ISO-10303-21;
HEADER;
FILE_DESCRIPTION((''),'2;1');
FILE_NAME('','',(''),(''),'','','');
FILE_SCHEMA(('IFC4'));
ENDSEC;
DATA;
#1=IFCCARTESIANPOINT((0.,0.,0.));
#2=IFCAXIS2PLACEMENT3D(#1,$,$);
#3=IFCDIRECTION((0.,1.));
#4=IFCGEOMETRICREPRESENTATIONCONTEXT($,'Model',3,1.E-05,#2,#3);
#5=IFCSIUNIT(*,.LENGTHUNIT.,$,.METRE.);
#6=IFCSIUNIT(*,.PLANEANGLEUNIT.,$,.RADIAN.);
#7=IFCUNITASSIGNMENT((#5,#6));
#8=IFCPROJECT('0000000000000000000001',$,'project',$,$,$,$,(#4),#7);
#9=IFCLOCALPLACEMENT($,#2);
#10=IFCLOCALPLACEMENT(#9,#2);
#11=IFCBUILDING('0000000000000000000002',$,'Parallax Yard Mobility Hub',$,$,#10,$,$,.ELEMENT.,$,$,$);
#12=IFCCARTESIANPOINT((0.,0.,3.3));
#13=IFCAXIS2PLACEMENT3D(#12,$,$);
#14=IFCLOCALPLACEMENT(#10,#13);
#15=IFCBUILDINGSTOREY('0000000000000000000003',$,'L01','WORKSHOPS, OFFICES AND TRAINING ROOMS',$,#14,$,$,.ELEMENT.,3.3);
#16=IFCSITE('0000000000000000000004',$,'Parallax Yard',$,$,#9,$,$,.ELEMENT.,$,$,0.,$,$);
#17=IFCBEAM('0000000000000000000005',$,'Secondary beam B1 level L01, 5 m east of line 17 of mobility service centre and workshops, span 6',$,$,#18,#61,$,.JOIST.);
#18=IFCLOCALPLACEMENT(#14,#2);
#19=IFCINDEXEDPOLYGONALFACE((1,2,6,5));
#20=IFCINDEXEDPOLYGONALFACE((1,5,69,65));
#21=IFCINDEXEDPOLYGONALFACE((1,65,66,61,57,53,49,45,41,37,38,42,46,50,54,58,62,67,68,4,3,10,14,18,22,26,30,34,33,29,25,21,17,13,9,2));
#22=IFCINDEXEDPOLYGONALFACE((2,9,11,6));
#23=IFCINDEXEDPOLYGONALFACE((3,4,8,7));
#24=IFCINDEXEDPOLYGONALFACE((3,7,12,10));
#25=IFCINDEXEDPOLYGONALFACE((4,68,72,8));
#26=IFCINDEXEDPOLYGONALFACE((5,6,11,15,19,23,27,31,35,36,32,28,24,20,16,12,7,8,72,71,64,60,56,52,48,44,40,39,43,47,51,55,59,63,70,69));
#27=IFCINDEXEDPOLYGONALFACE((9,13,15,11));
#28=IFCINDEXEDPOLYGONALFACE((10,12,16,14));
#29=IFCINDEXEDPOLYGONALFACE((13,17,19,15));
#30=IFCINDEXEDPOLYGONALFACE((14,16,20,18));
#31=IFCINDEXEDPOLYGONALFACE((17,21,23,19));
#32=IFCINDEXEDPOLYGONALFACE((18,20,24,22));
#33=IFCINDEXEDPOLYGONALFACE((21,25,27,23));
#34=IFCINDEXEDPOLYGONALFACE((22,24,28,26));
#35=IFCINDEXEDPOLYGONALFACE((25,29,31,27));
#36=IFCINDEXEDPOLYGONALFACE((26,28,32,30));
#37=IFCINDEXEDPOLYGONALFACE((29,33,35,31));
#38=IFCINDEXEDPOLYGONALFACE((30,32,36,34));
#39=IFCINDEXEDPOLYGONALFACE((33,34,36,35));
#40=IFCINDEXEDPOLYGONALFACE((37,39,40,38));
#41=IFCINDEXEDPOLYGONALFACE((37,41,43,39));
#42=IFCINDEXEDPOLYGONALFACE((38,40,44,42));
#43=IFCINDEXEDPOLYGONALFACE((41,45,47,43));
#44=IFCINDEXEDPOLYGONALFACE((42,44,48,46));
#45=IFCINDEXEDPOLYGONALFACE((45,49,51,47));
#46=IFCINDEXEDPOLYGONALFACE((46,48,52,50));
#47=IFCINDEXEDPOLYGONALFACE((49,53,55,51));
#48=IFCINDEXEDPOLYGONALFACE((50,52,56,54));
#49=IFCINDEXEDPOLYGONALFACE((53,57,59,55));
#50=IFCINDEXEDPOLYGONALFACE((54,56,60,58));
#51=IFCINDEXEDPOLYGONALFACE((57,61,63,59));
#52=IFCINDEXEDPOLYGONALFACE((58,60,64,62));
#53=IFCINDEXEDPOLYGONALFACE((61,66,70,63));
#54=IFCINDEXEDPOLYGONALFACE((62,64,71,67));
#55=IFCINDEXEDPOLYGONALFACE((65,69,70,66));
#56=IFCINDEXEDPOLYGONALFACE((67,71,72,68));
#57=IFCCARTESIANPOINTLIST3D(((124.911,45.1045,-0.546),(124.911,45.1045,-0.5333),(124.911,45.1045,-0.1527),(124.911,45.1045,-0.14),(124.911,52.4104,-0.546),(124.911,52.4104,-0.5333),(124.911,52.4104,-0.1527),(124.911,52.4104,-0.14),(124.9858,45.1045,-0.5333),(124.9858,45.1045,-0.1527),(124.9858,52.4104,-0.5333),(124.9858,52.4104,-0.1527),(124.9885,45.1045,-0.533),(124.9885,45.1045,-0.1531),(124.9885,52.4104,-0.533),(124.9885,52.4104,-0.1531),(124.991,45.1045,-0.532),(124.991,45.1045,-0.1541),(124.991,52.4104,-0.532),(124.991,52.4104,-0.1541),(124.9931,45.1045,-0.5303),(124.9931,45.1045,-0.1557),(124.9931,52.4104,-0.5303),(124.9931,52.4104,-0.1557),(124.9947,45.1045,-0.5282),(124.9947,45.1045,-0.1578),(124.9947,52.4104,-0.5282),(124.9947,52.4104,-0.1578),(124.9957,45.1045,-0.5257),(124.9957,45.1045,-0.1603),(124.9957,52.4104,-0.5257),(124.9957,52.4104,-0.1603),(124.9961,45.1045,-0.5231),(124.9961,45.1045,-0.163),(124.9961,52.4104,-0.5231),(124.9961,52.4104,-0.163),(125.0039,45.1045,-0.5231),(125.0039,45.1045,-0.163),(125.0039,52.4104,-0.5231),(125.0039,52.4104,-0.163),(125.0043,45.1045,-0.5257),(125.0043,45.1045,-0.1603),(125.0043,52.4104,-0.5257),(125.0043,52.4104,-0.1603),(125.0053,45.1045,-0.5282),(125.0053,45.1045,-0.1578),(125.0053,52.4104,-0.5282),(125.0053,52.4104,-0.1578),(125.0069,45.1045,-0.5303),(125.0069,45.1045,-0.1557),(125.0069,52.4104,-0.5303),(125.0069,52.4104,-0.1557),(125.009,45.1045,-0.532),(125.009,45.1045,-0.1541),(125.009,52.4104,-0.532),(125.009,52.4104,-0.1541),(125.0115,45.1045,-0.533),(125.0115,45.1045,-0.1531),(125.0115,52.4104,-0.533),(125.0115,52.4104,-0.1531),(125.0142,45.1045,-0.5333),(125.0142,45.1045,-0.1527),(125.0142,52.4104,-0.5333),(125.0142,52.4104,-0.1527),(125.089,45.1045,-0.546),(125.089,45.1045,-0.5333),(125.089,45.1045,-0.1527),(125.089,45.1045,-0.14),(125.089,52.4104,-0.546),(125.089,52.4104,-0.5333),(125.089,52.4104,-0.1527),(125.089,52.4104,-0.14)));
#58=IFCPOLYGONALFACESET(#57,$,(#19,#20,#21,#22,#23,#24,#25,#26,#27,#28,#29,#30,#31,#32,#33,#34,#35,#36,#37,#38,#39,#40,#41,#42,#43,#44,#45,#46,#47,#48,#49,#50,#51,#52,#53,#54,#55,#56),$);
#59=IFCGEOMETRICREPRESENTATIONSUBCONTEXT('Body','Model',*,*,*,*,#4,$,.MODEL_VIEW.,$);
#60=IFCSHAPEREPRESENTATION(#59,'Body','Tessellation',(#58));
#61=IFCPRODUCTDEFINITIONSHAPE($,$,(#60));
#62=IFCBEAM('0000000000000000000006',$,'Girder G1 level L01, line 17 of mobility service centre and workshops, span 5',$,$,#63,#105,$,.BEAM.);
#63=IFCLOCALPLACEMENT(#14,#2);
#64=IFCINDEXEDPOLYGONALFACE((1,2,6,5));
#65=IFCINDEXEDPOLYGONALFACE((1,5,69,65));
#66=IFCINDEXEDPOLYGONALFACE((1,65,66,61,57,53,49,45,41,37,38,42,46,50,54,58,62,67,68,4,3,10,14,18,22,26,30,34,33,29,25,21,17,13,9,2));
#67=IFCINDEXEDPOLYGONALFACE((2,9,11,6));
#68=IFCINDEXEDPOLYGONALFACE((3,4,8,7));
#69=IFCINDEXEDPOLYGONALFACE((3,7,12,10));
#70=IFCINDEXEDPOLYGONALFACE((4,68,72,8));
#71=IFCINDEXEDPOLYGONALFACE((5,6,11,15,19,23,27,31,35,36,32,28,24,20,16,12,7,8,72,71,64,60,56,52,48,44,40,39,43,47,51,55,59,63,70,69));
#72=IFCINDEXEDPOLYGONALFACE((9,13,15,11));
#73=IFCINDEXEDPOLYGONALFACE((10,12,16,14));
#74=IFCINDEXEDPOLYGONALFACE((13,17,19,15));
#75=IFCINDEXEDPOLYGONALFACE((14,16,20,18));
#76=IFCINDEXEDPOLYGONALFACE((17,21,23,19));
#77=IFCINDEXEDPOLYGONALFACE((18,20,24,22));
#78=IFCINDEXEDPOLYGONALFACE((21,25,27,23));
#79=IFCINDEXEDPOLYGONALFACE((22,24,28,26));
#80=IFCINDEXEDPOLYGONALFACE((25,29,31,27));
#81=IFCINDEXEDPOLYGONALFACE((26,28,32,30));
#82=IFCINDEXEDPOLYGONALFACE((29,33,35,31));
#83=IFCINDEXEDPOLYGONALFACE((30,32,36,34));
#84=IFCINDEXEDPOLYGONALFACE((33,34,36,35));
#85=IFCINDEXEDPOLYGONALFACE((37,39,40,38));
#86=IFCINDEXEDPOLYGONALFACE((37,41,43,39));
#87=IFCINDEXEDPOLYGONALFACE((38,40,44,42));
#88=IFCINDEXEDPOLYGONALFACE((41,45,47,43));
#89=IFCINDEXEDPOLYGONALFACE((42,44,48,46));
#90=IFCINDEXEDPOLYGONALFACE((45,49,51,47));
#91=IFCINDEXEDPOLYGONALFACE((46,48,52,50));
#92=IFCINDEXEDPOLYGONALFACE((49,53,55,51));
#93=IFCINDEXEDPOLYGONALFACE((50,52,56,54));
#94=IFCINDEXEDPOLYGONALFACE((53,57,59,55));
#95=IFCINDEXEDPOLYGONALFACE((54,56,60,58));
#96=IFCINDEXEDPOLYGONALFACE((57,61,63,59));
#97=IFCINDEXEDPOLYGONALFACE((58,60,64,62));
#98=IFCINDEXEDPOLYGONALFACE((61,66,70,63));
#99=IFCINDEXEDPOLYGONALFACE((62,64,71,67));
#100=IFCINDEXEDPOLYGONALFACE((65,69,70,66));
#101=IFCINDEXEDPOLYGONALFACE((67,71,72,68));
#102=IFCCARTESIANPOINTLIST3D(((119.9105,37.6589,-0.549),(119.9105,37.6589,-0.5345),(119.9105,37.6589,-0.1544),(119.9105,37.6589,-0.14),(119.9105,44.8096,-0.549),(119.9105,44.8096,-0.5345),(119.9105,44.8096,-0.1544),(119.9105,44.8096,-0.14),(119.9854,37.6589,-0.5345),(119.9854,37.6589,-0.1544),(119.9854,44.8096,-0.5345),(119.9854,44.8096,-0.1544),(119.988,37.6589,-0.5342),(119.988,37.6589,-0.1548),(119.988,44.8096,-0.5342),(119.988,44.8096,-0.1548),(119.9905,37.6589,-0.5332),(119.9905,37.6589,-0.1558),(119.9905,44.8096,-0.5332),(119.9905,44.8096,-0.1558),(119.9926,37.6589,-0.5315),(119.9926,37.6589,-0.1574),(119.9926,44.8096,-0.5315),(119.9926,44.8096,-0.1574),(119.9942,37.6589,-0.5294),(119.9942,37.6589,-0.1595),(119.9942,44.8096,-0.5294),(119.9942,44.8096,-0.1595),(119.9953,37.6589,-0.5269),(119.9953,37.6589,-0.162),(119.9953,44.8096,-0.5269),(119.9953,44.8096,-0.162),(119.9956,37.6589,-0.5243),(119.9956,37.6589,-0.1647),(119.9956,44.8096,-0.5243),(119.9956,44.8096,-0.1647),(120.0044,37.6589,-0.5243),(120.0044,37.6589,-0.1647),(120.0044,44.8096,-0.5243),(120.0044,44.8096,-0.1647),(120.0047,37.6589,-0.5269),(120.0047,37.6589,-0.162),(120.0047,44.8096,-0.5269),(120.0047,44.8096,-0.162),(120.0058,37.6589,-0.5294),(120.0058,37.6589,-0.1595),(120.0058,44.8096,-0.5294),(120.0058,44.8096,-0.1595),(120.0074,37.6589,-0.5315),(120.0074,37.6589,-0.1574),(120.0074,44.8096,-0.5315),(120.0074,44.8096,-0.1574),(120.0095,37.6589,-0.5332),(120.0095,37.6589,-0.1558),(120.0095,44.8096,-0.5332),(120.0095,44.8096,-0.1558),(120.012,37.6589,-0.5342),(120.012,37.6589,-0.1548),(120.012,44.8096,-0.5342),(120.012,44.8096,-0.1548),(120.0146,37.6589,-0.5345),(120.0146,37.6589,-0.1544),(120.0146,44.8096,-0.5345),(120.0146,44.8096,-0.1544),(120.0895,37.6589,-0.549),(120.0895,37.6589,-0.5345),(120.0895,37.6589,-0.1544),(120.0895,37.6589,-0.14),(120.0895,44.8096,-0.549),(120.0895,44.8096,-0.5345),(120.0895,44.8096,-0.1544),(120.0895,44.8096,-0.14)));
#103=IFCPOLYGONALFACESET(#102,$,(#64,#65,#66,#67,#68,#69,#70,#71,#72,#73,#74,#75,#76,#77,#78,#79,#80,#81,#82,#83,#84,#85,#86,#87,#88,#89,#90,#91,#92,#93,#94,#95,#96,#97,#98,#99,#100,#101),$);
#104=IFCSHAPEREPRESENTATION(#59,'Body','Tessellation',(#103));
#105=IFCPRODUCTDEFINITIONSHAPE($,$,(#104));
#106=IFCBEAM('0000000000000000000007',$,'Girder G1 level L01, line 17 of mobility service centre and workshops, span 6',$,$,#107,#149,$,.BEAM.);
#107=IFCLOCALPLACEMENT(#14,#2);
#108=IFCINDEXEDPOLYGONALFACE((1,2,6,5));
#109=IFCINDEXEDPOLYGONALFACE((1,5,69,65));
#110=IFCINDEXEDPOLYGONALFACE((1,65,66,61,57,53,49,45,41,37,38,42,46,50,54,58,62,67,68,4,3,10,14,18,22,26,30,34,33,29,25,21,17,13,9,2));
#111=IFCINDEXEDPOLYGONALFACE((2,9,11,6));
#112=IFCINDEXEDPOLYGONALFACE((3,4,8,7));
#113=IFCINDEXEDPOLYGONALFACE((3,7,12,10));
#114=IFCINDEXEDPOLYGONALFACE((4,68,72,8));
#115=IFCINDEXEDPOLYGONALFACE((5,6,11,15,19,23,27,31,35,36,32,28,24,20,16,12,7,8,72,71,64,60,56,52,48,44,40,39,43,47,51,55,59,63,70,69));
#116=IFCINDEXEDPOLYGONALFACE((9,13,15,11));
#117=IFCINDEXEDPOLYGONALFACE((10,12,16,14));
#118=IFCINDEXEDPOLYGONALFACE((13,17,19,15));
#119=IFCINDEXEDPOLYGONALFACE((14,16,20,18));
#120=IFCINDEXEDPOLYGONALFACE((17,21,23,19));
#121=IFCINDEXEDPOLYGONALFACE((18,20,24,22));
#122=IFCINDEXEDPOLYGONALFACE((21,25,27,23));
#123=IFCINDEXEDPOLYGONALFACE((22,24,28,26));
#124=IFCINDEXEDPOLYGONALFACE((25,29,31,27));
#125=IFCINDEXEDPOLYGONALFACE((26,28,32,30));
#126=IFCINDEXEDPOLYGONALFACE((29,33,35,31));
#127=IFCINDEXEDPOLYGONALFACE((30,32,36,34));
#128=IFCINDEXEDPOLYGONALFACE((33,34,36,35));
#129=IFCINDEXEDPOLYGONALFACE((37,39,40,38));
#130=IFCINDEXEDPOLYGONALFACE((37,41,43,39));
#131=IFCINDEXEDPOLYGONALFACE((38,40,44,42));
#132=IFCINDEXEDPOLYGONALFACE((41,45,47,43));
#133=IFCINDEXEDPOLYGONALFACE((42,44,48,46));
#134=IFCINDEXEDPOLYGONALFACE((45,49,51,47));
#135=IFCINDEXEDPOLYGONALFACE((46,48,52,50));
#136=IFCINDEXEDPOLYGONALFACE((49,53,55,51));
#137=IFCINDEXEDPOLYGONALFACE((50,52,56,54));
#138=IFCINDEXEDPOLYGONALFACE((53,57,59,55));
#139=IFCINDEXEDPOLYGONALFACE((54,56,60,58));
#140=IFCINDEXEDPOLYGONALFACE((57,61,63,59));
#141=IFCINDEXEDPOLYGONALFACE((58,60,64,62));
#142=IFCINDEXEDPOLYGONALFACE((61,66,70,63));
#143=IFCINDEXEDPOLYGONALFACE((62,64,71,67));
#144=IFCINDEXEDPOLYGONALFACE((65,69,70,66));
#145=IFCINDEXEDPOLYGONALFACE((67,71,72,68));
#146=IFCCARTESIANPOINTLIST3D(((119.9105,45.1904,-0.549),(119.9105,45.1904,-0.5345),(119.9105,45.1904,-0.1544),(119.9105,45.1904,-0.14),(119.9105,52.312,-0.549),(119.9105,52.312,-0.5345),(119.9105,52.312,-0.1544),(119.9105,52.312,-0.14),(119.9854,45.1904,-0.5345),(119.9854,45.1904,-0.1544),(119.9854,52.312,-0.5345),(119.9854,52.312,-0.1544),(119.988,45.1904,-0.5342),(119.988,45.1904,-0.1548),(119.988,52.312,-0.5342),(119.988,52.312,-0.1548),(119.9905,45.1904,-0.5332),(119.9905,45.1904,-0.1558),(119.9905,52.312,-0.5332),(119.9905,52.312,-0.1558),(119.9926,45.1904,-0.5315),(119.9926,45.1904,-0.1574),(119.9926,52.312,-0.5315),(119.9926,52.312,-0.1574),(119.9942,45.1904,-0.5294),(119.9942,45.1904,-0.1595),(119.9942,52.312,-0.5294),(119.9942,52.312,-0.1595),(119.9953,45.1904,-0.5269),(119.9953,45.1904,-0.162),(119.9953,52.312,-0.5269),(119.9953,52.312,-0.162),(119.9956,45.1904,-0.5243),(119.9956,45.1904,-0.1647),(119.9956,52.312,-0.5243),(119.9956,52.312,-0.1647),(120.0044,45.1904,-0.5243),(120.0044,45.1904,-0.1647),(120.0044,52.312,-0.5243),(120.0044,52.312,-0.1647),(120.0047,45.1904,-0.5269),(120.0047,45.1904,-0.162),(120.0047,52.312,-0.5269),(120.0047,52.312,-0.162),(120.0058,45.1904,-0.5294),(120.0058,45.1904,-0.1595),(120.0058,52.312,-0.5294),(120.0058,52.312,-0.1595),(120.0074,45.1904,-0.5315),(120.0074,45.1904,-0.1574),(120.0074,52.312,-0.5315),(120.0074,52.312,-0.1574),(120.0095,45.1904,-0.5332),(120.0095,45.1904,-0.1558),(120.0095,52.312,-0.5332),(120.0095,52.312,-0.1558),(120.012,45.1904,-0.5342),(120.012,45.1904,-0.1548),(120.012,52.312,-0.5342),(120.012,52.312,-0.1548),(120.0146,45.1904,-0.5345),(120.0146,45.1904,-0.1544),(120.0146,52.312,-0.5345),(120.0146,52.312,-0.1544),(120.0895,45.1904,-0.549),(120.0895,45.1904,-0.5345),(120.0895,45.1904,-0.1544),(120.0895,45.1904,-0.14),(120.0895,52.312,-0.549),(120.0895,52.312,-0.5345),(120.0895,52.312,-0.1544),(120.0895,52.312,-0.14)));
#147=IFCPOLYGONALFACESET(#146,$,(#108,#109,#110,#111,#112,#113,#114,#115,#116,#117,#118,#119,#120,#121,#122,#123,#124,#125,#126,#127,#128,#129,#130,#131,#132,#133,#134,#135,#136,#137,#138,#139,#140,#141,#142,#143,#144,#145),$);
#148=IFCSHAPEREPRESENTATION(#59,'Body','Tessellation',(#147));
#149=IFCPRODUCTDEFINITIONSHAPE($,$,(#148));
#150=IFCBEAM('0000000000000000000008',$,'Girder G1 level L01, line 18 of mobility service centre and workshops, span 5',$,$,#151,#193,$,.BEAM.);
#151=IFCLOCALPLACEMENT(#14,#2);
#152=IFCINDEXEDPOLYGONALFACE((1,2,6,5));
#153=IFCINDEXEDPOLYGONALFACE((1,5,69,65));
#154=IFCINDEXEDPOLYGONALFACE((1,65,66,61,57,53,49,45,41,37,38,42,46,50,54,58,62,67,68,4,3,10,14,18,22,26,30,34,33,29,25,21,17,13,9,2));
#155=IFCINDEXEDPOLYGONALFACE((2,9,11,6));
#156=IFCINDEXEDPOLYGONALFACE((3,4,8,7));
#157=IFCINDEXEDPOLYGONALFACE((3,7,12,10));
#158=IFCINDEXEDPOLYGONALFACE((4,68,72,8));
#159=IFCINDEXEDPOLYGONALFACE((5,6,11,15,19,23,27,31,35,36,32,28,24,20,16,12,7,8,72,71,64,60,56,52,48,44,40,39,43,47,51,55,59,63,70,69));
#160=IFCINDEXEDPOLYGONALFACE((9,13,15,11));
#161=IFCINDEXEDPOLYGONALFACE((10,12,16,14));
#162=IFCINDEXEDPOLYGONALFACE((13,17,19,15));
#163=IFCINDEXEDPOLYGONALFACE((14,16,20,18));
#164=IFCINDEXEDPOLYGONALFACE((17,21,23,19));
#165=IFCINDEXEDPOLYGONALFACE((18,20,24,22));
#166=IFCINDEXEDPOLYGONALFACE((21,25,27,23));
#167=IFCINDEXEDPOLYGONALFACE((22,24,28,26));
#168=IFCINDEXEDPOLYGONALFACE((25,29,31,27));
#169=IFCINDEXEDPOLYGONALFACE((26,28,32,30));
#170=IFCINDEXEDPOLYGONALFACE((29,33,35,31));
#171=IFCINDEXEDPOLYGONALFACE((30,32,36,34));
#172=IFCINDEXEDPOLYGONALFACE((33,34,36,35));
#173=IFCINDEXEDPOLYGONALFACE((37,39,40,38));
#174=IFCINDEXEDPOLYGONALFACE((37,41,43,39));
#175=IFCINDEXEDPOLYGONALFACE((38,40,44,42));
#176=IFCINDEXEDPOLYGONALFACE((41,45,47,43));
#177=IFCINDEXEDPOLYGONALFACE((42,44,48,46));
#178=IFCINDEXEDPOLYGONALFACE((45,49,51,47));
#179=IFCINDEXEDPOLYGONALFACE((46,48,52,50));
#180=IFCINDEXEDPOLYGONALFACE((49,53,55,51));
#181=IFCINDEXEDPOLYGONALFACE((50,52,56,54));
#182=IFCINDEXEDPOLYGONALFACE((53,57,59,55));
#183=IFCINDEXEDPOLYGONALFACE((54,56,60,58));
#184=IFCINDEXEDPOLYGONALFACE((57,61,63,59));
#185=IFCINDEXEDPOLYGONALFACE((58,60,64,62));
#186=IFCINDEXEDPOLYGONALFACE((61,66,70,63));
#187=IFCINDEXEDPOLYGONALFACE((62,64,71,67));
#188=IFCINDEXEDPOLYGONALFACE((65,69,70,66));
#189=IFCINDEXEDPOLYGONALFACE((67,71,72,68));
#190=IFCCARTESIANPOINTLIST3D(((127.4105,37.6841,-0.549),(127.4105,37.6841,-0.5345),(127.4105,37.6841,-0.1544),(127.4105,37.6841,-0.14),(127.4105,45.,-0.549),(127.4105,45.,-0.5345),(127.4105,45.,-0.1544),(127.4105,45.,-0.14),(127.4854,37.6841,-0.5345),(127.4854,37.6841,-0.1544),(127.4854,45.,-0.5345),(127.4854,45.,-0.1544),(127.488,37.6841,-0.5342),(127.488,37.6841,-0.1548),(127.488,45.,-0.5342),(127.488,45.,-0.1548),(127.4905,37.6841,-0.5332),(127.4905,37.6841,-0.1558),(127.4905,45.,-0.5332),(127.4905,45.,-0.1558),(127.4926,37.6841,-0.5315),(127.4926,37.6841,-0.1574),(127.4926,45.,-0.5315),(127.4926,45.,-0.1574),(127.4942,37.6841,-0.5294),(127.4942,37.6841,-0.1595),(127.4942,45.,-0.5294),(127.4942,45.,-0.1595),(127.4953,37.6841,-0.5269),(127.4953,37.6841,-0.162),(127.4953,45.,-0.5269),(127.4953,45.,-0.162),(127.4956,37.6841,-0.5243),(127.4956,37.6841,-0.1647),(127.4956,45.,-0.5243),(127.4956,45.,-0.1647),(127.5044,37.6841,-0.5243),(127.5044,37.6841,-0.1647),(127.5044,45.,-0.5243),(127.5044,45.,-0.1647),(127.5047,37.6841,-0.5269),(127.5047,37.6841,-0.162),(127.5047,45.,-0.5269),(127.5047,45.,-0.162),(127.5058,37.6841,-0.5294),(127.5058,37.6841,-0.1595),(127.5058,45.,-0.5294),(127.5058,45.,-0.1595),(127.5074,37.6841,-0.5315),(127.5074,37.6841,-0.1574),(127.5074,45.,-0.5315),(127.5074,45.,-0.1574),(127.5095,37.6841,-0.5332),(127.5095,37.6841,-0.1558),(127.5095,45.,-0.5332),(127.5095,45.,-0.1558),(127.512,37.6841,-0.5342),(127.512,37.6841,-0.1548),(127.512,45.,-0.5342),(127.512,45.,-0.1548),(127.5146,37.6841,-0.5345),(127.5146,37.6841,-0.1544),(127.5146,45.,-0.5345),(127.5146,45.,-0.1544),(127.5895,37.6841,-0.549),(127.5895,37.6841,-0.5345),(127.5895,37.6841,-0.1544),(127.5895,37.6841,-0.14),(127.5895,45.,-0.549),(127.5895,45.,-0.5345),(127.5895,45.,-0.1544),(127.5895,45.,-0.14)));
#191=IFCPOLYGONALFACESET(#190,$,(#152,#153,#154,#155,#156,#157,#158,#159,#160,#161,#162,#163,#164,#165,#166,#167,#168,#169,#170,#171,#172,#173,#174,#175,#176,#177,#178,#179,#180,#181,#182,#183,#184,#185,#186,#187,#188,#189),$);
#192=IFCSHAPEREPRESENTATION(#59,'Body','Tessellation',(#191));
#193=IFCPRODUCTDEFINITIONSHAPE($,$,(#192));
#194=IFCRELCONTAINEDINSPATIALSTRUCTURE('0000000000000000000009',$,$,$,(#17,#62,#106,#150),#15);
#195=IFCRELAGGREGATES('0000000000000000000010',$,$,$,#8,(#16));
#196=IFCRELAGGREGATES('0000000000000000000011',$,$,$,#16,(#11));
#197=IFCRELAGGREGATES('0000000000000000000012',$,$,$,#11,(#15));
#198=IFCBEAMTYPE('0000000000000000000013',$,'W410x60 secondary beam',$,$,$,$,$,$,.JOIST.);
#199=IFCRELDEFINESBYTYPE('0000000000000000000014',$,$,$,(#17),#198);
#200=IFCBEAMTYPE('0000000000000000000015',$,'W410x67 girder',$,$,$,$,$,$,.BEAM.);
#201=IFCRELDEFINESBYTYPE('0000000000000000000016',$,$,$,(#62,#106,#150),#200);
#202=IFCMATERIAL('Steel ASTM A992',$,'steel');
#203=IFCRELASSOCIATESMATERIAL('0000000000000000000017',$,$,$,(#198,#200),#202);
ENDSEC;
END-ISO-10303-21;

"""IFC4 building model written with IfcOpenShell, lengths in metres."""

from ifc_helpers import new_model, si_unit, direction, frame, origin, origin_2d, place, context, subcontext, project, spatial, i_section, extrude, material, material_profile, profile_set, type_object, element, save


model = new_model("IFC4")

# Units and contexts
model_context = context("Model", 3, precision=1e-05, world=origin(), true_north=direction((0.0, 1.0)))
body_context = subcontext(model_context, "Body", "Model", "MODEL_VIEW")
ifc_project = project(units=[si_unit("LENGTHUNIT", "METRE"), si_unit("PLANEANGLEUNIT", "RADIAN")], contexts=[model_context])

# Site, building, storey
site_placement = place(None, origin())
site = spatial("IfcSite", under=ifc_project, at=site_placement, Name="Parallax Yard", CompositionType="ELEMENT", RefElevation=0.0)
building_placement = place(site_placement, origin())
building = spatial("IfcBuilding", under=site, at=building_placement, Name="Parallax Yard Mobility Hub", CompositionType="ELEMENT")
storey_placement = place(building_placement, frame((0.0, 0.0, 3.3)))
storey = spatial("IfcBuildingStorey", under=building, at=storey_placement, Name="L01", Description="WORKSHOPS, OFFICES AND TRAINING ROOMS", CompositionType="ELEMENT", Elevation=3.3)

# Shared definitions
ifc_material_1 = material(Name="Steel ASTM A992", Category="steel")

# Beams
ifc_material_profile_1 = material_profile(ifc_material_1, i_section(OverallWidth=0.178, OverallDepth=0.406, WebThickness=0.0078, FlangeThickness=0.0127, FilletRadius=0.0103, at=origin_2d()), Name="W410x60")
ifc_profile_set_1 = profile_set([ifc_material_profile_1], Name="Steel ASTM A992")
beam_type_1 = type_object("IfcBeamType", Name="W410x60 secondary beam", PredefinedType="JOIST", material=ifc_profile_set_1)
beam_1_placement = place(storey_placement, frame((125.0, 45.1045, -0.343), z_axis=(0.0, 1.0, 0.0), x_axis=(-1.0, 0.0, 0.0)))
element("IfcBeam", 1, at=beam_1_placement, inside=storey, type_object=beam_type_1, Name="Secondary beam B1 level L01, 5 m east of line 17 of mobility service centre and workshops, span 6", PredefinedType="JOIST", context=body_context, shape_type="SweptSolid", body=[
    extrude(i_section(OverallWidth=0.178, OverallDepth=0.406, WebThickness=0.0078, FlangeThickness=0.0127, FilletRadius=0.0103, at=origin_2d()), origin(), (0.0, 0.0, 1.0), 7.3059),
])
ifc_material_profile_2 = material_profile(ifc_material_1, i_section(OverallWidth=0.179, OverallDepth=0.4089, WebThickness=0.0088, FlangeThickness=0.0144, FilletRadius=0.0103, at=origin_2d()), Name="W410x67")
ifc_profile_set_2 = profile_set([ifc_material_profile_2], Name="Steel ASTM A992")
beam_type_2 = type_object("IfcBeamType", Name="W410x67 girder", PredefinedType="BEAM", material=ifc_profile_set_2)
beam_2_placement = place(storey_placement, frame((120.0, 37.6589, -0.3445), z_axis=(0.0, 1.0, 0.0), x_axis=(-1.0, 0.0, 0.0)))
element("IfcBeam", 2, at=beam_2_placement, inside=storey, type_object=beam_type_2, Name="Girder G1 level L01, line 17 of mobility service centre and workshops, span 5", PredefinedType="BEAM", context=body_context, shape_type="SweptSolid", body=[
    extrude(i_section(OverallWidth=0.179, OverallDepth=0.4089, WebThickness=0.0088, FlangeThickness=0.0144, FilletRadius=0.0103, at=origin_2d()), origin(), (0.0, 0.0, 1.0), 7.1506),
])
beam_3_placement = place(storey_placement, frame((120.0, 45.1904, -0.3445), z_axis=(0.0, 1.0, 0.0), x_axis=(-1.0, 0.0, 0.0)))
element("IfcBeam", 3, at=beam_3_placement, inside=storey, type_object=beam_type_2, Name="Girder G1 level L01, line 17 of mobility service centre and workshops, span 6", PredefinedType="BEAM", context=body_context, shape_type="SweptSolid", body=[
    extrude(i_section(OverallWidth=0.179, OverallDepth=0.4089, WebThickness=0.0088, FlangeThickness=0.0144, FilletRadius=0.0103, at=origin_2d()), origin(), (0.0, 0.0, 1.0), 7.1216),
])
beam_4_placement = place(storey_placement, frame((127.5, 37.6841, -0.3445), z_axis=(0.0, 1.0, 0.0), x_axis=(-1.0, 0.0, 0.0)))
element("IfcBeam", 4, at=beam_4_placement, inside=storey, type_object=beam_type_2, Name="Girder G1 level L01, line 18 of mobility service centre and workshops, span 5", PredefinedType="BEAM", context=body_context, shape_type="SweptSolid", body=[
    extrude(i_section(OverallWidth=0.179, OverallDepth=0.4089, WebThickness=0.0088, FlangeThickness=0.0144, FilletRadius=0.0103, at=origin_2d()), origin(), (0.0, 0.0, 1.0), 7.3159),
])

save(model, "model.ifc")
